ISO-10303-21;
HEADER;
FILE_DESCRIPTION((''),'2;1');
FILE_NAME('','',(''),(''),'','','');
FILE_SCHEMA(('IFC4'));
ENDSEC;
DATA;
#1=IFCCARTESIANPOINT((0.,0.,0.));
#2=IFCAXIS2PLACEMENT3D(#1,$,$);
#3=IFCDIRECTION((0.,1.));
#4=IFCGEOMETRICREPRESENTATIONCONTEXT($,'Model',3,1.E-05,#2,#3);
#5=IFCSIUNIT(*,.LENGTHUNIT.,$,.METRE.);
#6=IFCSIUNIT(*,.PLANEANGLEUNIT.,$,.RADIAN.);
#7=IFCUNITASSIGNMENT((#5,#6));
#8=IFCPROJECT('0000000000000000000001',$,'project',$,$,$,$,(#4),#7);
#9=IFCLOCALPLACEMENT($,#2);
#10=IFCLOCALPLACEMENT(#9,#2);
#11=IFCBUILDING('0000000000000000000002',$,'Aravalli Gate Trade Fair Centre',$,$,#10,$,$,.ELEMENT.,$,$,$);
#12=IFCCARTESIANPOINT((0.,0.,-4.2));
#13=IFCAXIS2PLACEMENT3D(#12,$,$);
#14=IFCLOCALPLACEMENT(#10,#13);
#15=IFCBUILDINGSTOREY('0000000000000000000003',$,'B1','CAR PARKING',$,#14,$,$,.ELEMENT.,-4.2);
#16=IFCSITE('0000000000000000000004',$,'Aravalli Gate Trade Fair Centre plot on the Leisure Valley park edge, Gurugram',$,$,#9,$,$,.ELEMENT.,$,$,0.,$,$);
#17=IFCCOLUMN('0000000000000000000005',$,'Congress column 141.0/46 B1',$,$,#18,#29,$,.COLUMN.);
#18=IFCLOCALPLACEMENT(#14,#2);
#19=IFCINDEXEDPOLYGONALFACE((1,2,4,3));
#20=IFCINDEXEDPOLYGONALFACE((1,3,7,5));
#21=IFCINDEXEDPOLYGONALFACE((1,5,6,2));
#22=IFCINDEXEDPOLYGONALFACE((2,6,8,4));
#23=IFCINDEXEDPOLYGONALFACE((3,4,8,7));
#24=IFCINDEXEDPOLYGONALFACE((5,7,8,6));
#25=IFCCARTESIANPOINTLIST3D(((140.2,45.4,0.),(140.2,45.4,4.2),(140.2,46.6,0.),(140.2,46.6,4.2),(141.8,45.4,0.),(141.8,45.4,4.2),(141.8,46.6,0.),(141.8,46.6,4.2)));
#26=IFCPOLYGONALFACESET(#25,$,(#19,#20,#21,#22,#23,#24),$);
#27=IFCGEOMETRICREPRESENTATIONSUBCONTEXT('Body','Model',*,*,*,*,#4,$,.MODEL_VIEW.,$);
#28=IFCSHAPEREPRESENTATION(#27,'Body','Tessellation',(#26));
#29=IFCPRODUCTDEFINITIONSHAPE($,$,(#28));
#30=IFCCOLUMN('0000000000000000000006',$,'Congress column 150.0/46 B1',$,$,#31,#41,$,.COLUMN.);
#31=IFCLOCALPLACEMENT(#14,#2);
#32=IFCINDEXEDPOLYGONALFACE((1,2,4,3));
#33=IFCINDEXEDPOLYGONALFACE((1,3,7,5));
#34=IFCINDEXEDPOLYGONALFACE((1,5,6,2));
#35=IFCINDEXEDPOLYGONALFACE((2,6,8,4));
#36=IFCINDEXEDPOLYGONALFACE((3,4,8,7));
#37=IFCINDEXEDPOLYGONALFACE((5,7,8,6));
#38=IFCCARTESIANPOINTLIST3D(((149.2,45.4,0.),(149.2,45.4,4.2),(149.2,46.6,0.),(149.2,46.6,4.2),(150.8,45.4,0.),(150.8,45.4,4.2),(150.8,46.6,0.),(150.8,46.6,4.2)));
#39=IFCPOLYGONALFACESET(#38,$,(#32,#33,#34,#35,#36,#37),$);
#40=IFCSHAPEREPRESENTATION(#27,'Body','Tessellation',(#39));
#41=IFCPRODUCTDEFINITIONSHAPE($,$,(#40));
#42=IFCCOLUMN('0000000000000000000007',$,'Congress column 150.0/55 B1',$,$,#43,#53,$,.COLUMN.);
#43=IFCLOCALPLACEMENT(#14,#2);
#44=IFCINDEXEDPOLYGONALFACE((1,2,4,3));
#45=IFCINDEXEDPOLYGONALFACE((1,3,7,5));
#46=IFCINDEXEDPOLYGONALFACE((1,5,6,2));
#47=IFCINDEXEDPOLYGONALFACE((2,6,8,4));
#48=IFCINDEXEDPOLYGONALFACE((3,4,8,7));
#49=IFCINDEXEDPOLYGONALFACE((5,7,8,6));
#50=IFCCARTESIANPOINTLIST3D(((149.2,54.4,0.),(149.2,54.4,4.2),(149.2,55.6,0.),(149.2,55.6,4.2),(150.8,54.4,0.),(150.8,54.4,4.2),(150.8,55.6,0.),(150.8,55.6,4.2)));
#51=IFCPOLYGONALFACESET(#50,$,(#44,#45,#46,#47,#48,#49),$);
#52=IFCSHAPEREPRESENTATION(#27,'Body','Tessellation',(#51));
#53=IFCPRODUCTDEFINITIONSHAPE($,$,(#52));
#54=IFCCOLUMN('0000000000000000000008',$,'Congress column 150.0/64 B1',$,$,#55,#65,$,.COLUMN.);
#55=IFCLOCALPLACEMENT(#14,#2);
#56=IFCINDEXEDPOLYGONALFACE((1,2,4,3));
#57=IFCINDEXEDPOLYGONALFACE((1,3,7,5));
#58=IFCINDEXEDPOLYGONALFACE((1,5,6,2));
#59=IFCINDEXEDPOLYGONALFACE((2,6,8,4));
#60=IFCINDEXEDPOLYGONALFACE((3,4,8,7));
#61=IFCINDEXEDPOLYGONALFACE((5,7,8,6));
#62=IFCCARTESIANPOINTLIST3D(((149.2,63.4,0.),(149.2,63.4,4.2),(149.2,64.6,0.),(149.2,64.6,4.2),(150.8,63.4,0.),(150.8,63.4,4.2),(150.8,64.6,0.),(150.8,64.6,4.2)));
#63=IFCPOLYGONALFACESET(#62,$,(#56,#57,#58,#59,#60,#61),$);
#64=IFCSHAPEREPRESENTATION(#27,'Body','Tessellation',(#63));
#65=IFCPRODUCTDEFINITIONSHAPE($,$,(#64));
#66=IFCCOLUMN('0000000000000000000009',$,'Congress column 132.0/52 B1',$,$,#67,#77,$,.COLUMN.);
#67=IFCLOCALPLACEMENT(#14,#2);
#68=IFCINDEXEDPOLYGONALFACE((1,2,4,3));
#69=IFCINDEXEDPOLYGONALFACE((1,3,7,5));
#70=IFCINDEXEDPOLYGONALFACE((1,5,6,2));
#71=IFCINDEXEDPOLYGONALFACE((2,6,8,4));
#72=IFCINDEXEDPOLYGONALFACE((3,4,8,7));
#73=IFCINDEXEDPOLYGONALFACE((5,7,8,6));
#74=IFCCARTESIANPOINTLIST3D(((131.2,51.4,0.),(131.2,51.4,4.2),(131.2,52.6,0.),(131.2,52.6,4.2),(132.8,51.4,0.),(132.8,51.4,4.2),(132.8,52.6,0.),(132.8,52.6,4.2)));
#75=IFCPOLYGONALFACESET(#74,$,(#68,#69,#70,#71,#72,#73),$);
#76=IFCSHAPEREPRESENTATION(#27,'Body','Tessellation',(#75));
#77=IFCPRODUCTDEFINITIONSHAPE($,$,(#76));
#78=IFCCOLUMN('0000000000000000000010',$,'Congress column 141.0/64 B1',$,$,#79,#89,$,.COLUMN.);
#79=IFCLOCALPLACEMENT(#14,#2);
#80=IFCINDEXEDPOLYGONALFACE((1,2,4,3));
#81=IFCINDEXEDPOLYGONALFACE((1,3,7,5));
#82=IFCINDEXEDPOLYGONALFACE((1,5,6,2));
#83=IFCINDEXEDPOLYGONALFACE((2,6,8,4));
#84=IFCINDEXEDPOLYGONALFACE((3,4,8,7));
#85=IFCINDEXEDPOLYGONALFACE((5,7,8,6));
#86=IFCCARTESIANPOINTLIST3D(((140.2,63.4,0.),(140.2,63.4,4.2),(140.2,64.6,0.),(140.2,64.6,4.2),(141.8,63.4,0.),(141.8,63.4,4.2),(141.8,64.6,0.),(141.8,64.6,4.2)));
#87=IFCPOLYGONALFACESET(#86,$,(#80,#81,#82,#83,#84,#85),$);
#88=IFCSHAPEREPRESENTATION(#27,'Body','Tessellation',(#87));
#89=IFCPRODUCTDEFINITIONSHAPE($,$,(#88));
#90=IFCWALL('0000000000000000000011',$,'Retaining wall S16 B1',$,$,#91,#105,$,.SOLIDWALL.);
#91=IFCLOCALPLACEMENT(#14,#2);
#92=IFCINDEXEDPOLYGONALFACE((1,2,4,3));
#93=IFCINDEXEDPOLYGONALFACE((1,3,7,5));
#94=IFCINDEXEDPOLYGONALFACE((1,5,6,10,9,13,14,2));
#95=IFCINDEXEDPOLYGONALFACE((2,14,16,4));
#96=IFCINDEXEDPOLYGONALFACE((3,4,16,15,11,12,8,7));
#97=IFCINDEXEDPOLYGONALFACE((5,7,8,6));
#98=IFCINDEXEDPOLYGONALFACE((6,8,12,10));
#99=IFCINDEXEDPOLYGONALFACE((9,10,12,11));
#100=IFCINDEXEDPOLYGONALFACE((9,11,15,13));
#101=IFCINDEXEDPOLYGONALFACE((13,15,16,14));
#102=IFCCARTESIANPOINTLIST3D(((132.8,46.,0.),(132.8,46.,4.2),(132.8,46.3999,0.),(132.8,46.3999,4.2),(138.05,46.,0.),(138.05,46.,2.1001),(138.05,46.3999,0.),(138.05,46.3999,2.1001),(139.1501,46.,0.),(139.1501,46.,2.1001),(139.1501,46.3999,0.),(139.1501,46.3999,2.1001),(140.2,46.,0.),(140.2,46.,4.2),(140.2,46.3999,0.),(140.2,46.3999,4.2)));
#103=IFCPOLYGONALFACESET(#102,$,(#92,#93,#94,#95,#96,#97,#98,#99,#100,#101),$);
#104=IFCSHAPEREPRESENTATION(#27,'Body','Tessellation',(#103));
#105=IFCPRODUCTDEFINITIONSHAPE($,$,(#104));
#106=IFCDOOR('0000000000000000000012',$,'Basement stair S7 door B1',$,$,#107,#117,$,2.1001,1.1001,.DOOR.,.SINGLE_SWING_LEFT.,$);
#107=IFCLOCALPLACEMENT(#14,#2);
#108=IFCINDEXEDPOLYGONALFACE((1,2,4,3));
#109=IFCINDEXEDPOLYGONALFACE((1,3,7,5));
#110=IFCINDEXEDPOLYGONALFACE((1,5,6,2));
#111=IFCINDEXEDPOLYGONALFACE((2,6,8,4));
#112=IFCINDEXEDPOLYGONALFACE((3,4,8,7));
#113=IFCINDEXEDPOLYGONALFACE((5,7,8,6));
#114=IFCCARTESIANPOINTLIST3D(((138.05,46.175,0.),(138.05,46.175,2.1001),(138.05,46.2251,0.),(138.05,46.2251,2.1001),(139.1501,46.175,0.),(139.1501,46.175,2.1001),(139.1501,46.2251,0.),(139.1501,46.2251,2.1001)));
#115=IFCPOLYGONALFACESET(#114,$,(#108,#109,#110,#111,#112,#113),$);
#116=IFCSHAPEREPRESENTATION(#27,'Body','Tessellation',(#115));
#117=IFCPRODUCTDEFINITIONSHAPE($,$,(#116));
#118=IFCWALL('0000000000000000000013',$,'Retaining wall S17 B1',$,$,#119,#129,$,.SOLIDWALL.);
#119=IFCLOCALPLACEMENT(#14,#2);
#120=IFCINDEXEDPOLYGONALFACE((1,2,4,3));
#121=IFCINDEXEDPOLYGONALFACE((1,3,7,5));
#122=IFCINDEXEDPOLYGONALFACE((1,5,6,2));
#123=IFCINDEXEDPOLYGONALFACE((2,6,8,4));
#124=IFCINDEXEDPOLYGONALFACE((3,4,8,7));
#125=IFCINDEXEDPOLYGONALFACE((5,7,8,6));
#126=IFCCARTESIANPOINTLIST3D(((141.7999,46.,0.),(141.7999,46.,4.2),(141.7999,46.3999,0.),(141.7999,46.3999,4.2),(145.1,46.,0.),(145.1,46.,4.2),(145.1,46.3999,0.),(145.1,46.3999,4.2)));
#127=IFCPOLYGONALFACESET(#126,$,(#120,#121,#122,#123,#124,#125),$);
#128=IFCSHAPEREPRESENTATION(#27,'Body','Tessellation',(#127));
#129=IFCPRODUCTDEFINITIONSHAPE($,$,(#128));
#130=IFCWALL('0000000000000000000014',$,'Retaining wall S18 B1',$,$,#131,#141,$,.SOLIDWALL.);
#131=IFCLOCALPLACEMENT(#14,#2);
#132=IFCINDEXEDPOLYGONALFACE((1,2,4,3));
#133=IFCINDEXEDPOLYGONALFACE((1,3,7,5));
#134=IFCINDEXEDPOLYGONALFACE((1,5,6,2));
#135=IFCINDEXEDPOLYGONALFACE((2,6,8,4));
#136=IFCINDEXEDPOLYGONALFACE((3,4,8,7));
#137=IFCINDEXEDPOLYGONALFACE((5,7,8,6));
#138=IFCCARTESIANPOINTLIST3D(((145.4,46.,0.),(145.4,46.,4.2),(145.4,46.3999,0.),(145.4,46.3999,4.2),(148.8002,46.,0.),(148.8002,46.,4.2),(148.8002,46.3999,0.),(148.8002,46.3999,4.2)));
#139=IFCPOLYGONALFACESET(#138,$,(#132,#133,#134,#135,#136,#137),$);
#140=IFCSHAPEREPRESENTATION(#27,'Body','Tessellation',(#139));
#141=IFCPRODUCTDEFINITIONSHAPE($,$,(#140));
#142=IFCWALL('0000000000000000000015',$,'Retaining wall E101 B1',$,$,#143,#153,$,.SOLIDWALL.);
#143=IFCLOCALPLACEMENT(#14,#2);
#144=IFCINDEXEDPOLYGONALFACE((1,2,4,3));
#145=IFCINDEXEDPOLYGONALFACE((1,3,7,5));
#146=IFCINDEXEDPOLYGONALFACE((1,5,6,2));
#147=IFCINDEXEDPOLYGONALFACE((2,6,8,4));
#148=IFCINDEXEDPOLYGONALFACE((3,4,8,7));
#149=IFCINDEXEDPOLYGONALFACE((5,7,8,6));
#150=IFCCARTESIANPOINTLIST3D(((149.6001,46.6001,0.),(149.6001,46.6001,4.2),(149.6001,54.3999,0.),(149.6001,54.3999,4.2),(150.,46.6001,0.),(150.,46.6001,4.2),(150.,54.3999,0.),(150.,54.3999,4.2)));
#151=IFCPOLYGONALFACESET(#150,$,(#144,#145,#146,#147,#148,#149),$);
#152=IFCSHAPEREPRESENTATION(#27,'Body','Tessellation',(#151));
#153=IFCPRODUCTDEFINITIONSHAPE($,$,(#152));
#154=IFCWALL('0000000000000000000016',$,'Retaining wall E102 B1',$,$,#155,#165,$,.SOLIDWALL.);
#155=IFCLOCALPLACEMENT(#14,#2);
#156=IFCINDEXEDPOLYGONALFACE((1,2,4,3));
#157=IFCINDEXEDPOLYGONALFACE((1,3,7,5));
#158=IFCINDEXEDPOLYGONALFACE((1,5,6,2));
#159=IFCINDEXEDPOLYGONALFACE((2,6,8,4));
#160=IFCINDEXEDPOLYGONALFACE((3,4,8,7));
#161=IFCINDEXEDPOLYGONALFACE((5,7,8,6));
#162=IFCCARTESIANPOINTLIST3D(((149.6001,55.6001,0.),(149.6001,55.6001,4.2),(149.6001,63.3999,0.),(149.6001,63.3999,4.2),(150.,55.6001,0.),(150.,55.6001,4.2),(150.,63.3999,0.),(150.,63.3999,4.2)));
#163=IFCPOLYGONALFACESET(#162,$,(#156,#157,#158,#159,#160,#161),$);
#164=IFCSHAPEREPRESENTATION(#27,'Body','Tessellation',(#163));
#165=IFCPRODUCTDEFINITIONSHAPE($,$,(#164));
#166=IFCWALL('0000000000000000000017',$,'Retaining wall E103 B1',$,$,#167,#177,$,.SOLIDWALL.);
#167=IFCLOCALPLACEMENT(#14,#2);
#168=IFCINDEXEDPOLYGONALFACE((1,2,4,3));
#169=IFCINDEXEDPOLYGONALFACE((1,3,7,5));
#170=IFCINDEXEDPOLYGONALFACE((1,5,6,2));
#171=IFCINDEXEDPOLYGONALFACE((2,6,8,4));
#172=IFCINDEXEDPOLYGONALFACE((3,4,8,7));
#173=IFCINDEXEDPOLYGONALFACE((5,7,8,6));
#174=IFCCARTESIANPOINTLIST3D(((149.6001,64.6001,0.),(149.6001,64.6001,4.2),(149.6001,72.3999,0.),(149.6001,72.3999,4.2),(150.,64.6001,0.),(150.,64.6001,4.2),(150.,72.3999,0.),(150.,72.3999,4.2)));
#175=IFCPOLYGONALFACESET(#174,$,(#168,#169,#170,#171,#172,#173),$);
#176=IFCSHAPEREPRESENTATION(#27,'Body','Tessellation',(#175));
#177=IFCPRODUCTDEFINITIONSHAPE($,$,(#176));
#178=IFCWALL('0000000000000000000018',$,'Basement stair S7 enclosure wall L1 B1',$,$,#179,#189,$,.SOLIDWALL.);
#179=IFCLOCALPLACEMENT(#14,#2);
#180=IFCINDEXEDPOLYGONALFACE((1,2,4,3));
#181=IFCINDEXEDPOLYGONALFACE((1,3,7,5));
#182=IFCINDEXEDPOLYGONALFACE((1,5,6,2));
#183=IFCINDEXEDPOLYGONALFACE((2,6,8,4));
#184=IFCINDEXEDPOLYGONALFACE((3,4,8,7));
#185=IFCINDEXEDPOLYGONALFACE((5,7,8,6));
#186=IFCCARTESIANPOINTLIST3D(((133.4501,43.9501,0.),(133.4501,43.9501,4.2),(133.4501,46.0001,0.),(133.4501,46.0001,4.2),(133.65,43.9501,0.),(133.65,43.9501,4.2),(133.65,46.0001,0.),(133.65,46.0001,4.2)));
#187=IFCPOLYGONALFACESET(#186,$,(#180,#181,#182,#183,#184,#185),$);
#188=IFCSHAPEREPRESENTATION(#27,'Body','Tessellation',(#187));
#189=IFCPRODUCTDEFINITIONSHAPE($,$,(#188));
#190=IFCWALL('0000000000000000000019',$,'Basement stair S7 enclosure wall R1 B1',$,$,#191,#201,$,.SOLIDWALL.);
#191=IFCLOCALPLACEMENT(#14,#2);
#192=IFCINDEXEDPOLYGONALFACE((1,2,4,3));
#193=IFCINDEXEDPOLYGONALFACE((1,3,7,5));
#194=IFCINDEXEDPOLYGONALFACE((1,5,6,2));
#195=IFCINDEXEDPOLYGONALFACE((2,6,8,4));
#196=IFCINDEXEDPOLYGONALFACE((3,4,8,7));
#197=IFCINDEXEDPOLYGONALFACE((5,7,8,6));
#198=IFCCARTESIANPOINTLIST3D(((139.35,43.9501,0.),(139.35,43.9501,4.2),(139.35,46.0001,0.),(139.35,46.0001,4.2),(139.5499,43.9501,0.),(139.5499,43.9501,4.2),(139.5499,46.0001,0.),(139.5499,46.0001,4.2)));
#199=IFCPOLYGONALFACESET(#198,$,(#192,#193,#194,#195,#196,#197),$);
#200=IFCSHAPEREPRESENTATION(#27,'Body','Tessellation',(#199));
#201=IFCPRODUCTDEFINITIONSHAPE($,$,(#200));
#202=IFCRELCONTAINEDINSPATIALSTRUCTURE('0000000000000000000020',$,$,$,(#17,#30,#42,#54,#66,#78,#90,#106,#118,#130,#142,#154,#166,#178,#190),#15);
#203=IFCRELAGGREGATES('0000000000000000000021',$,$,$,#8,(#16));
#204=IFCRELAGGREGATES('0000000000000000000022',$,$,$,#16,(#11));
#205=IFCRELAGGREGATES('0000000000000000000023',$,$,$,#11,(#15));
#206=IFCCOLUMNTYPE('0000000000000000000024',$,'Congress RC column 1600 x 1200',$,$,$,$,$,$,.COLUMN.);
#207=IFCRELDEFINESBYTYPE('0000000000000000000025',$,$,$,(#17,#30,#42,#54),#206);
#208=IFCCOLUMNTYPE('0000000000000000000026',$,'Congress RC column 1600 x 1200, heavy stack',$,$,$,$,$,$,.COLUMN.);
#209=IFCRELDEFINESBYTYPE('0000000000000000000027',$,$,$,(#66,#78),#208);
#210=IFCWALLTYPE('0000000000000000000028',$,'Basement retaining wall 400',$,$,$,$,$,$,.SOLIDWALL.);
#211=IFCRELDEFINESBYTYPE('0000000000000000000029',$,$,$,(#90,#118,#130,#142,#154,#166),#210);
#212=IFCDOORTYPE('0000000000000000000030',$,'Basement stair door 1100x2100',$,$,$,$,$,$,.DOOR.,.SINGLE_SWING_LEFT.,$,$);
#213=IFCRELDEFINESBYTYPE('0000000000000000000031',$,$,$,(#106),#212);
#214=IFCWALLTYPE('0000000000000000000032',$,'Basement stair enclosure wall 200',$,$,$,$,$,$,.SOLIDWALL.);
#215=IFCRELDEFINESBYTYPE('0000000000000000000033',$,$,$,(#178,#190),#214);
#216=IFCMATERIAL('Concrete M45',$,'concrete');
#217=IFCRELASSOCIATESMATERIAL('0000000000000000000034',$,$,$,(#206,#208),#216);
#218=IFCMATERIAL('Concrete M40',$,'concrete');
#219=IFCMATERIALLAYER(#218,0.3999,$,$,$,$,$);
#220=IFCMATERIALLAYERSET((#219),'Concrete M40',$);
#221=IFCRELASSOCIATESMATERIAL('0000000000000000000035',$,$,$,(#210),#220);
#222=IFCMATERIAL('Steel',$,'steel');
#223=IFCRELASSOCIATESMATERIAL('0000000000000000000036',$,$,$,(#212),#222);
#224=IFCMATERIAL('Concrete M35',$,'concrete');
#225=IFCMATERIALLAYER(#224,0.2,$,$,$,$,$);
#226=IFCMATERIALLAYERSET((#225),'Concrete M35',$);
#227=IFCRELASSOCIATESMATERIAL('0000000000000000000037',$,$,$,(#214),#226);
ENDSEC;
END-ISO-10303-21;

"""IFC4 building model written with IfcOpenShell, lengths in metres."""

from ifc_helpers import new_model, si_unit, direction, frame, frame_2d, origin, origin_2d, place, context, subcontext, project, spatial, rectangle, extrude, material, layer, layer_set, material_profile, profile_set, type_object, element, fill, save


model = new_model("IFC4")

# Units and contexts
model_context = context("Model", 3, precision=1e-05, world=origin(), true_north=direction((0.0, 1.0)))
body_context = subcontext(model_context, "Body", "Model", "MODEL_VIEW")
ifc_project = project(units=[si_unit("LENGTHUNIT", "METRE"), si_unit("PLANEANGLEUNIT", "RADIAN")], contexts=[model_context])

# Site, building, storey
site_placement = place(None, origin())
site = spatial("IfcSite", under=ifc_project, at=site_placement, Name="Aravalli Gate Trade Fair Centre plot on the Leisure Valley park edge, Gurugram", CompositionType="ELEMENT", RefElevation=0.0)
building_placement = place(site_placement, origin())
building = spatial("IfcBuilding", under=site, at=building_placement, Name="Aravalli Gate Trade Fair Centre", CompositionType="ELEMENT")
storey_placement = place(building_placement, frame((0.0, 0.0, -4.2)))
storey = spatial("IfcBuildingStorey", under=building, at=storey_placement, Name="B1", Description="CAR PARKING", CompositionType="ELEMENT", Elevation=-4.2)

# Columns
ifc_material_1 = material(Name="Concrete M45", Category="concrete")
ifc_material_profile_1 = material_profile(ifc_material_1, rectangle(XDim=1.6001, YDim=1.2, at=origin_2d()), Name="RC 1600x1200")
ifc_profile_set_1 = profile_set([ifc_material_profile_1], Name="Concrete M45")
column_type_1 = type_object("IfcColumnType", Name="Congress RC column 1600 x 1200", PredefinedType="COLUMN", material=ifc_profile_set_1)
for number, where, z_axis, x_axis, name in (
    (1, (141.0, 46.0, 0.0), (0.0, 0.0, 1.0), (1.0, 0.0, 0.0), "Congress column 141.0/46 B1"),
    (2, (150.0, 46.0, 0.0), (0.0, 0.0, 1.0), (1.0, 0.0, 0.0), "Congress column 150.0/46 B1"),
    (3, (150.0, 55.0, 0.0), (0.0, 0.0, 1.0), (1.0, 0.0, 0.0), "Congress column 150.0/55 B1"),
    (4, (150.0, 64.0, 0.0), (0.0, 0.0, 1.0), (1.0, 0.0, 0.0), "Congress column 150.0/64 B1"),
):
    element("IfcColumn", number, at=place(storey_placement, frame(where, z_axis=z_axis, x_axis=x_axis)), inside=storey, type_object=column_type_1, Name=name, PredefinedType="COLUMN", context=body_context, shape_type="SweptSolid", body=[
        extrude(rectangle(XDim=1.6001, YDim=1.2, at=origin_2d()), origin(), (0.0, 0.0, 1.0), 4.2),
    ])
ifc_material_profile_2 = material_profile(ifc_material_1, rectangle(XDim=1.6001, YDim=1.2, at=origin_2d()), Name="RC 1600x1200")
ifc_profile_set_2 = profile_set([ifc_material_profile_2], Name="Concrete M45")
column_type_2 = type_object("IfcColumnType", Name="Congress RC column 1600 x 1200, heavy stack", PredefinedType="COLUMN", material=ifc_profile_set_2)
for number, where, z_axis, x_axis, name in (
    (5, (132.0, 52.0, 0.0), (0.0, 0.0, 1.0), (1.0, 0.0, 0.0), "Congress column 132.0/52 B1"),
    (6, (141.0, 64.0, 0.0), (0.0, 0.0, 1.0), (1.0, 0.0, 0.0), "Congress column 141.0/64 B1"),
):
    element("IfcColumn", number, at=place(storey_placement, frame(where, z_axis=z_axis, x_axis=x_axis)), inside=storey, type_object=column_type_2, Name=name, PredefinedType="COLUMN", context=body_context, shape_type="SweptSolid", body=[
        extrude(rectangle(XDim=1.6001, YDim=1.2, at=origin_2d()), origin(), (0.0, 0.0, 1.0), 4.2),
    ])

# Wall, opening, door
ifc_material_2 = material(Name="Concrete M40", Category="concrete")
ifc_layer_1 = layer(ifc_material_2, 0.3999)
ifc_layer_set_1 = layer_set([ifc_layer_1], Name="Concrete M40")
wall_type_1 = type_object("IfcWallType", Name="Basement retaining wall 400", PredefinedType="SOLIDWALL", material=ifc_layer_set_1)
wall_1_placement = place(storey_placement, frame((132.8, 46.2, 0.0), z_axis=(0.0, 0.0, 1.0), x_axis=(1.0, 0.0, 0.0)))
wall_1 = element("IfcWall", 7, at=wall_1_placement, inside=storey, type_object=wall_type_1, Name="Retaining wall S16 B1", PredefinedType="SOLIDWALL", context=body_context, shape_type="SweptSolid", body=[
    extrude(rectangle(XDim=7.3999, YDim=0.3999, at=frame_2d((3.7, 0.0))), origin(), (0.0, 0.0, 1.0), 4.2),
])
opening_placement = place(wall_1_placement, frame((5.25, 0.0, 0.0)))
opening = element("IfcOpeningElement", 8, at=opening_placement, cuts=wall_1, PredefinedType="OPENING", context=body_context, shape_type="SweptSolid", body=[
    extrude(rectangle(XDim=1.1001, YDim=2.1001, at=frame_2d((0.55, 1.05))), frame((0.0, 0.21, 0.0), z_axis=(0.0, -1.0, 0.0), x_axis=(1.0, 0.0, 0.0)), (0.0, 0.0, 1.0), 0.4199),
])
ifc_material_3 = material(Name="Steel", Category="steel")
door_type = type_object("IfcDoorType", Name="Basement stair door 1100x2100", OperationType="SINGLE_SWING_LEFT", PredefinedType="DOOR", material=ifc_material_3)
door_placement = place(opening_placement, frame((1.1001, 0.0, 0.0), z_axis=(0.0, 0.0, 1.0), x_axis=(-1.0, 0.0, 0.0)))
door = element("IfcDoor", 9, at=door_placement, inside=storey, type_object=door_type, Name="Basement stair S7 door B1", OperationType="SINGLE_SWING_LEFT", OverallHeight=2.1001, OverallWidth=1.1001, PredefinedType="DOOR", context=body_context, shape_type="SweptSolid", body=[
    extrude(rectangle(XDim=1.1001, YDim=2.1001, at=frame_2d((0.55, 1.05))), frame((0.0, 0.0249, 0.0), z_axis=(0.0, -1.0, 0.0), x_axis=(1.0, 0.0, 0.0)), (0.0, 0.0, 1.0), 0.05),
])
fill(opening, door)

# Walls
wall_2_placement = place(storey_placement, frame((141.8, 46.2, 0.0), z_axis=(0.0, 0.0, 1.0), x_axis=(1.0, 0.0, 0.0)))
element("IfcWall", 10, at=wall_2_placement, inside=storey, type_object=wall_type_1, Name="Retaining wall S17 B1", PredefinedType="SOLIDWALL", context=body_context, shape_type="SweptSolid", body=[
    extrude(rectangle(XDim=3.3, YDim=0.3999, at=frame_2d((1.6499, 0.0))), origin(), (0.0, 0.0, 1.0), 4.2),
])
wall_3_placement = place(storey_placement, frame((145.3999, 46.2, 0.0), z_axis=(0.0, 0.0, 1.0), x_axis=(1.0, 0.0, 0.0)))
element("IfcWall", 11, at=wall_3_placement, inside=storey, type_object=wall_type_1, Name="Retaining wall S18 B1", PredefinedType="SOLIDWALL", context=body_context, shape_type="SweptSolid", body=[
    extrude(rectangle(XDim=3.4001, YDim=0.3999, at=frame_2d((1.7002, 0.0))), origin(), (0.0, 0.0, 1.0), 4.2),
])
for number, where, z_axis, x_axis, name in (
    (12, (149.8, 46.6001, 0.0), (0.0, 0.0, 1.0), (0.0, 1.0, 0.0), "Retaining wall E101 B1"),
    (13, (149.8, 55.6001, 0.0), (0.0, 0.0, 1.0), (0.0, 1.0, 0.0), "Retaining wall E102 B1"),
    (14, (149.8, 64.6001, 0.0), (0.0, 0.0, 1.0), (0.0, 1.0, 0.0), "Retaining wall E103 B1"),
):
    element("IfcWall", number, at=place(storey_placement, frame(where, z_axis=z_axis, x_axis=x_axis)), inside=storey, type_object=wall_type_1, Name=name, PredefinedType="SOLIDWALL", context=body_context, shape_type="SweptSolid", body=[
        extrude(rectangle(XDim=7.7998, YDim=0.3999, at=frame_2d((3.8999, 0.0))), origin(), (0.0, 0.0, 1.0), 4.2),
    ])
ifc_material_4 = material(Name="Concrete M35", Category="concrete")
ifc_layer_2 = layer(ifc_material_4, 0.2)
ifc_layer_set_2 = layer_set([ifc_layer_2], Name="Concrete M35")
wall_type_2 = type_object("IfcWallType", Name="Basement stair enclosure wall 200", PredefinedType="SOLIDWALL", material=ifc_layer_set_2)
for number, where, z_axis, x_axis, name in (
    (15, (133.55, 46.0, 0.0), (0.0, 0.0, 1.0), (0.0, -1.0, 0.0), "Basement stair S7 enclosure wall L1 B1"),
    (16, (139.45, 46.0, 0.0), (0.0, 0.0, 1.0), (0.0, -1.0, 0.0), "Basement stair S7 enclosure wall R1 B1"),
):
    element("IfcWall", number, at=place(storey_placement, frame(where, z_axis=z_axis, x_axis=x_axis)), inside=storey, type_object=wall_type_2, Name=name, PredefinedType="SOLIDWALL", context=body_context, shape_type="SweptSolid", body=[
        extrude(rectangle(XDim=2.05, YDim=0.2, at=frame_2d((1.0249, 0.0))), origin(), (0.0, 0.0, 1.0), 4.2),
    ])

save(model, "model.ifc")
